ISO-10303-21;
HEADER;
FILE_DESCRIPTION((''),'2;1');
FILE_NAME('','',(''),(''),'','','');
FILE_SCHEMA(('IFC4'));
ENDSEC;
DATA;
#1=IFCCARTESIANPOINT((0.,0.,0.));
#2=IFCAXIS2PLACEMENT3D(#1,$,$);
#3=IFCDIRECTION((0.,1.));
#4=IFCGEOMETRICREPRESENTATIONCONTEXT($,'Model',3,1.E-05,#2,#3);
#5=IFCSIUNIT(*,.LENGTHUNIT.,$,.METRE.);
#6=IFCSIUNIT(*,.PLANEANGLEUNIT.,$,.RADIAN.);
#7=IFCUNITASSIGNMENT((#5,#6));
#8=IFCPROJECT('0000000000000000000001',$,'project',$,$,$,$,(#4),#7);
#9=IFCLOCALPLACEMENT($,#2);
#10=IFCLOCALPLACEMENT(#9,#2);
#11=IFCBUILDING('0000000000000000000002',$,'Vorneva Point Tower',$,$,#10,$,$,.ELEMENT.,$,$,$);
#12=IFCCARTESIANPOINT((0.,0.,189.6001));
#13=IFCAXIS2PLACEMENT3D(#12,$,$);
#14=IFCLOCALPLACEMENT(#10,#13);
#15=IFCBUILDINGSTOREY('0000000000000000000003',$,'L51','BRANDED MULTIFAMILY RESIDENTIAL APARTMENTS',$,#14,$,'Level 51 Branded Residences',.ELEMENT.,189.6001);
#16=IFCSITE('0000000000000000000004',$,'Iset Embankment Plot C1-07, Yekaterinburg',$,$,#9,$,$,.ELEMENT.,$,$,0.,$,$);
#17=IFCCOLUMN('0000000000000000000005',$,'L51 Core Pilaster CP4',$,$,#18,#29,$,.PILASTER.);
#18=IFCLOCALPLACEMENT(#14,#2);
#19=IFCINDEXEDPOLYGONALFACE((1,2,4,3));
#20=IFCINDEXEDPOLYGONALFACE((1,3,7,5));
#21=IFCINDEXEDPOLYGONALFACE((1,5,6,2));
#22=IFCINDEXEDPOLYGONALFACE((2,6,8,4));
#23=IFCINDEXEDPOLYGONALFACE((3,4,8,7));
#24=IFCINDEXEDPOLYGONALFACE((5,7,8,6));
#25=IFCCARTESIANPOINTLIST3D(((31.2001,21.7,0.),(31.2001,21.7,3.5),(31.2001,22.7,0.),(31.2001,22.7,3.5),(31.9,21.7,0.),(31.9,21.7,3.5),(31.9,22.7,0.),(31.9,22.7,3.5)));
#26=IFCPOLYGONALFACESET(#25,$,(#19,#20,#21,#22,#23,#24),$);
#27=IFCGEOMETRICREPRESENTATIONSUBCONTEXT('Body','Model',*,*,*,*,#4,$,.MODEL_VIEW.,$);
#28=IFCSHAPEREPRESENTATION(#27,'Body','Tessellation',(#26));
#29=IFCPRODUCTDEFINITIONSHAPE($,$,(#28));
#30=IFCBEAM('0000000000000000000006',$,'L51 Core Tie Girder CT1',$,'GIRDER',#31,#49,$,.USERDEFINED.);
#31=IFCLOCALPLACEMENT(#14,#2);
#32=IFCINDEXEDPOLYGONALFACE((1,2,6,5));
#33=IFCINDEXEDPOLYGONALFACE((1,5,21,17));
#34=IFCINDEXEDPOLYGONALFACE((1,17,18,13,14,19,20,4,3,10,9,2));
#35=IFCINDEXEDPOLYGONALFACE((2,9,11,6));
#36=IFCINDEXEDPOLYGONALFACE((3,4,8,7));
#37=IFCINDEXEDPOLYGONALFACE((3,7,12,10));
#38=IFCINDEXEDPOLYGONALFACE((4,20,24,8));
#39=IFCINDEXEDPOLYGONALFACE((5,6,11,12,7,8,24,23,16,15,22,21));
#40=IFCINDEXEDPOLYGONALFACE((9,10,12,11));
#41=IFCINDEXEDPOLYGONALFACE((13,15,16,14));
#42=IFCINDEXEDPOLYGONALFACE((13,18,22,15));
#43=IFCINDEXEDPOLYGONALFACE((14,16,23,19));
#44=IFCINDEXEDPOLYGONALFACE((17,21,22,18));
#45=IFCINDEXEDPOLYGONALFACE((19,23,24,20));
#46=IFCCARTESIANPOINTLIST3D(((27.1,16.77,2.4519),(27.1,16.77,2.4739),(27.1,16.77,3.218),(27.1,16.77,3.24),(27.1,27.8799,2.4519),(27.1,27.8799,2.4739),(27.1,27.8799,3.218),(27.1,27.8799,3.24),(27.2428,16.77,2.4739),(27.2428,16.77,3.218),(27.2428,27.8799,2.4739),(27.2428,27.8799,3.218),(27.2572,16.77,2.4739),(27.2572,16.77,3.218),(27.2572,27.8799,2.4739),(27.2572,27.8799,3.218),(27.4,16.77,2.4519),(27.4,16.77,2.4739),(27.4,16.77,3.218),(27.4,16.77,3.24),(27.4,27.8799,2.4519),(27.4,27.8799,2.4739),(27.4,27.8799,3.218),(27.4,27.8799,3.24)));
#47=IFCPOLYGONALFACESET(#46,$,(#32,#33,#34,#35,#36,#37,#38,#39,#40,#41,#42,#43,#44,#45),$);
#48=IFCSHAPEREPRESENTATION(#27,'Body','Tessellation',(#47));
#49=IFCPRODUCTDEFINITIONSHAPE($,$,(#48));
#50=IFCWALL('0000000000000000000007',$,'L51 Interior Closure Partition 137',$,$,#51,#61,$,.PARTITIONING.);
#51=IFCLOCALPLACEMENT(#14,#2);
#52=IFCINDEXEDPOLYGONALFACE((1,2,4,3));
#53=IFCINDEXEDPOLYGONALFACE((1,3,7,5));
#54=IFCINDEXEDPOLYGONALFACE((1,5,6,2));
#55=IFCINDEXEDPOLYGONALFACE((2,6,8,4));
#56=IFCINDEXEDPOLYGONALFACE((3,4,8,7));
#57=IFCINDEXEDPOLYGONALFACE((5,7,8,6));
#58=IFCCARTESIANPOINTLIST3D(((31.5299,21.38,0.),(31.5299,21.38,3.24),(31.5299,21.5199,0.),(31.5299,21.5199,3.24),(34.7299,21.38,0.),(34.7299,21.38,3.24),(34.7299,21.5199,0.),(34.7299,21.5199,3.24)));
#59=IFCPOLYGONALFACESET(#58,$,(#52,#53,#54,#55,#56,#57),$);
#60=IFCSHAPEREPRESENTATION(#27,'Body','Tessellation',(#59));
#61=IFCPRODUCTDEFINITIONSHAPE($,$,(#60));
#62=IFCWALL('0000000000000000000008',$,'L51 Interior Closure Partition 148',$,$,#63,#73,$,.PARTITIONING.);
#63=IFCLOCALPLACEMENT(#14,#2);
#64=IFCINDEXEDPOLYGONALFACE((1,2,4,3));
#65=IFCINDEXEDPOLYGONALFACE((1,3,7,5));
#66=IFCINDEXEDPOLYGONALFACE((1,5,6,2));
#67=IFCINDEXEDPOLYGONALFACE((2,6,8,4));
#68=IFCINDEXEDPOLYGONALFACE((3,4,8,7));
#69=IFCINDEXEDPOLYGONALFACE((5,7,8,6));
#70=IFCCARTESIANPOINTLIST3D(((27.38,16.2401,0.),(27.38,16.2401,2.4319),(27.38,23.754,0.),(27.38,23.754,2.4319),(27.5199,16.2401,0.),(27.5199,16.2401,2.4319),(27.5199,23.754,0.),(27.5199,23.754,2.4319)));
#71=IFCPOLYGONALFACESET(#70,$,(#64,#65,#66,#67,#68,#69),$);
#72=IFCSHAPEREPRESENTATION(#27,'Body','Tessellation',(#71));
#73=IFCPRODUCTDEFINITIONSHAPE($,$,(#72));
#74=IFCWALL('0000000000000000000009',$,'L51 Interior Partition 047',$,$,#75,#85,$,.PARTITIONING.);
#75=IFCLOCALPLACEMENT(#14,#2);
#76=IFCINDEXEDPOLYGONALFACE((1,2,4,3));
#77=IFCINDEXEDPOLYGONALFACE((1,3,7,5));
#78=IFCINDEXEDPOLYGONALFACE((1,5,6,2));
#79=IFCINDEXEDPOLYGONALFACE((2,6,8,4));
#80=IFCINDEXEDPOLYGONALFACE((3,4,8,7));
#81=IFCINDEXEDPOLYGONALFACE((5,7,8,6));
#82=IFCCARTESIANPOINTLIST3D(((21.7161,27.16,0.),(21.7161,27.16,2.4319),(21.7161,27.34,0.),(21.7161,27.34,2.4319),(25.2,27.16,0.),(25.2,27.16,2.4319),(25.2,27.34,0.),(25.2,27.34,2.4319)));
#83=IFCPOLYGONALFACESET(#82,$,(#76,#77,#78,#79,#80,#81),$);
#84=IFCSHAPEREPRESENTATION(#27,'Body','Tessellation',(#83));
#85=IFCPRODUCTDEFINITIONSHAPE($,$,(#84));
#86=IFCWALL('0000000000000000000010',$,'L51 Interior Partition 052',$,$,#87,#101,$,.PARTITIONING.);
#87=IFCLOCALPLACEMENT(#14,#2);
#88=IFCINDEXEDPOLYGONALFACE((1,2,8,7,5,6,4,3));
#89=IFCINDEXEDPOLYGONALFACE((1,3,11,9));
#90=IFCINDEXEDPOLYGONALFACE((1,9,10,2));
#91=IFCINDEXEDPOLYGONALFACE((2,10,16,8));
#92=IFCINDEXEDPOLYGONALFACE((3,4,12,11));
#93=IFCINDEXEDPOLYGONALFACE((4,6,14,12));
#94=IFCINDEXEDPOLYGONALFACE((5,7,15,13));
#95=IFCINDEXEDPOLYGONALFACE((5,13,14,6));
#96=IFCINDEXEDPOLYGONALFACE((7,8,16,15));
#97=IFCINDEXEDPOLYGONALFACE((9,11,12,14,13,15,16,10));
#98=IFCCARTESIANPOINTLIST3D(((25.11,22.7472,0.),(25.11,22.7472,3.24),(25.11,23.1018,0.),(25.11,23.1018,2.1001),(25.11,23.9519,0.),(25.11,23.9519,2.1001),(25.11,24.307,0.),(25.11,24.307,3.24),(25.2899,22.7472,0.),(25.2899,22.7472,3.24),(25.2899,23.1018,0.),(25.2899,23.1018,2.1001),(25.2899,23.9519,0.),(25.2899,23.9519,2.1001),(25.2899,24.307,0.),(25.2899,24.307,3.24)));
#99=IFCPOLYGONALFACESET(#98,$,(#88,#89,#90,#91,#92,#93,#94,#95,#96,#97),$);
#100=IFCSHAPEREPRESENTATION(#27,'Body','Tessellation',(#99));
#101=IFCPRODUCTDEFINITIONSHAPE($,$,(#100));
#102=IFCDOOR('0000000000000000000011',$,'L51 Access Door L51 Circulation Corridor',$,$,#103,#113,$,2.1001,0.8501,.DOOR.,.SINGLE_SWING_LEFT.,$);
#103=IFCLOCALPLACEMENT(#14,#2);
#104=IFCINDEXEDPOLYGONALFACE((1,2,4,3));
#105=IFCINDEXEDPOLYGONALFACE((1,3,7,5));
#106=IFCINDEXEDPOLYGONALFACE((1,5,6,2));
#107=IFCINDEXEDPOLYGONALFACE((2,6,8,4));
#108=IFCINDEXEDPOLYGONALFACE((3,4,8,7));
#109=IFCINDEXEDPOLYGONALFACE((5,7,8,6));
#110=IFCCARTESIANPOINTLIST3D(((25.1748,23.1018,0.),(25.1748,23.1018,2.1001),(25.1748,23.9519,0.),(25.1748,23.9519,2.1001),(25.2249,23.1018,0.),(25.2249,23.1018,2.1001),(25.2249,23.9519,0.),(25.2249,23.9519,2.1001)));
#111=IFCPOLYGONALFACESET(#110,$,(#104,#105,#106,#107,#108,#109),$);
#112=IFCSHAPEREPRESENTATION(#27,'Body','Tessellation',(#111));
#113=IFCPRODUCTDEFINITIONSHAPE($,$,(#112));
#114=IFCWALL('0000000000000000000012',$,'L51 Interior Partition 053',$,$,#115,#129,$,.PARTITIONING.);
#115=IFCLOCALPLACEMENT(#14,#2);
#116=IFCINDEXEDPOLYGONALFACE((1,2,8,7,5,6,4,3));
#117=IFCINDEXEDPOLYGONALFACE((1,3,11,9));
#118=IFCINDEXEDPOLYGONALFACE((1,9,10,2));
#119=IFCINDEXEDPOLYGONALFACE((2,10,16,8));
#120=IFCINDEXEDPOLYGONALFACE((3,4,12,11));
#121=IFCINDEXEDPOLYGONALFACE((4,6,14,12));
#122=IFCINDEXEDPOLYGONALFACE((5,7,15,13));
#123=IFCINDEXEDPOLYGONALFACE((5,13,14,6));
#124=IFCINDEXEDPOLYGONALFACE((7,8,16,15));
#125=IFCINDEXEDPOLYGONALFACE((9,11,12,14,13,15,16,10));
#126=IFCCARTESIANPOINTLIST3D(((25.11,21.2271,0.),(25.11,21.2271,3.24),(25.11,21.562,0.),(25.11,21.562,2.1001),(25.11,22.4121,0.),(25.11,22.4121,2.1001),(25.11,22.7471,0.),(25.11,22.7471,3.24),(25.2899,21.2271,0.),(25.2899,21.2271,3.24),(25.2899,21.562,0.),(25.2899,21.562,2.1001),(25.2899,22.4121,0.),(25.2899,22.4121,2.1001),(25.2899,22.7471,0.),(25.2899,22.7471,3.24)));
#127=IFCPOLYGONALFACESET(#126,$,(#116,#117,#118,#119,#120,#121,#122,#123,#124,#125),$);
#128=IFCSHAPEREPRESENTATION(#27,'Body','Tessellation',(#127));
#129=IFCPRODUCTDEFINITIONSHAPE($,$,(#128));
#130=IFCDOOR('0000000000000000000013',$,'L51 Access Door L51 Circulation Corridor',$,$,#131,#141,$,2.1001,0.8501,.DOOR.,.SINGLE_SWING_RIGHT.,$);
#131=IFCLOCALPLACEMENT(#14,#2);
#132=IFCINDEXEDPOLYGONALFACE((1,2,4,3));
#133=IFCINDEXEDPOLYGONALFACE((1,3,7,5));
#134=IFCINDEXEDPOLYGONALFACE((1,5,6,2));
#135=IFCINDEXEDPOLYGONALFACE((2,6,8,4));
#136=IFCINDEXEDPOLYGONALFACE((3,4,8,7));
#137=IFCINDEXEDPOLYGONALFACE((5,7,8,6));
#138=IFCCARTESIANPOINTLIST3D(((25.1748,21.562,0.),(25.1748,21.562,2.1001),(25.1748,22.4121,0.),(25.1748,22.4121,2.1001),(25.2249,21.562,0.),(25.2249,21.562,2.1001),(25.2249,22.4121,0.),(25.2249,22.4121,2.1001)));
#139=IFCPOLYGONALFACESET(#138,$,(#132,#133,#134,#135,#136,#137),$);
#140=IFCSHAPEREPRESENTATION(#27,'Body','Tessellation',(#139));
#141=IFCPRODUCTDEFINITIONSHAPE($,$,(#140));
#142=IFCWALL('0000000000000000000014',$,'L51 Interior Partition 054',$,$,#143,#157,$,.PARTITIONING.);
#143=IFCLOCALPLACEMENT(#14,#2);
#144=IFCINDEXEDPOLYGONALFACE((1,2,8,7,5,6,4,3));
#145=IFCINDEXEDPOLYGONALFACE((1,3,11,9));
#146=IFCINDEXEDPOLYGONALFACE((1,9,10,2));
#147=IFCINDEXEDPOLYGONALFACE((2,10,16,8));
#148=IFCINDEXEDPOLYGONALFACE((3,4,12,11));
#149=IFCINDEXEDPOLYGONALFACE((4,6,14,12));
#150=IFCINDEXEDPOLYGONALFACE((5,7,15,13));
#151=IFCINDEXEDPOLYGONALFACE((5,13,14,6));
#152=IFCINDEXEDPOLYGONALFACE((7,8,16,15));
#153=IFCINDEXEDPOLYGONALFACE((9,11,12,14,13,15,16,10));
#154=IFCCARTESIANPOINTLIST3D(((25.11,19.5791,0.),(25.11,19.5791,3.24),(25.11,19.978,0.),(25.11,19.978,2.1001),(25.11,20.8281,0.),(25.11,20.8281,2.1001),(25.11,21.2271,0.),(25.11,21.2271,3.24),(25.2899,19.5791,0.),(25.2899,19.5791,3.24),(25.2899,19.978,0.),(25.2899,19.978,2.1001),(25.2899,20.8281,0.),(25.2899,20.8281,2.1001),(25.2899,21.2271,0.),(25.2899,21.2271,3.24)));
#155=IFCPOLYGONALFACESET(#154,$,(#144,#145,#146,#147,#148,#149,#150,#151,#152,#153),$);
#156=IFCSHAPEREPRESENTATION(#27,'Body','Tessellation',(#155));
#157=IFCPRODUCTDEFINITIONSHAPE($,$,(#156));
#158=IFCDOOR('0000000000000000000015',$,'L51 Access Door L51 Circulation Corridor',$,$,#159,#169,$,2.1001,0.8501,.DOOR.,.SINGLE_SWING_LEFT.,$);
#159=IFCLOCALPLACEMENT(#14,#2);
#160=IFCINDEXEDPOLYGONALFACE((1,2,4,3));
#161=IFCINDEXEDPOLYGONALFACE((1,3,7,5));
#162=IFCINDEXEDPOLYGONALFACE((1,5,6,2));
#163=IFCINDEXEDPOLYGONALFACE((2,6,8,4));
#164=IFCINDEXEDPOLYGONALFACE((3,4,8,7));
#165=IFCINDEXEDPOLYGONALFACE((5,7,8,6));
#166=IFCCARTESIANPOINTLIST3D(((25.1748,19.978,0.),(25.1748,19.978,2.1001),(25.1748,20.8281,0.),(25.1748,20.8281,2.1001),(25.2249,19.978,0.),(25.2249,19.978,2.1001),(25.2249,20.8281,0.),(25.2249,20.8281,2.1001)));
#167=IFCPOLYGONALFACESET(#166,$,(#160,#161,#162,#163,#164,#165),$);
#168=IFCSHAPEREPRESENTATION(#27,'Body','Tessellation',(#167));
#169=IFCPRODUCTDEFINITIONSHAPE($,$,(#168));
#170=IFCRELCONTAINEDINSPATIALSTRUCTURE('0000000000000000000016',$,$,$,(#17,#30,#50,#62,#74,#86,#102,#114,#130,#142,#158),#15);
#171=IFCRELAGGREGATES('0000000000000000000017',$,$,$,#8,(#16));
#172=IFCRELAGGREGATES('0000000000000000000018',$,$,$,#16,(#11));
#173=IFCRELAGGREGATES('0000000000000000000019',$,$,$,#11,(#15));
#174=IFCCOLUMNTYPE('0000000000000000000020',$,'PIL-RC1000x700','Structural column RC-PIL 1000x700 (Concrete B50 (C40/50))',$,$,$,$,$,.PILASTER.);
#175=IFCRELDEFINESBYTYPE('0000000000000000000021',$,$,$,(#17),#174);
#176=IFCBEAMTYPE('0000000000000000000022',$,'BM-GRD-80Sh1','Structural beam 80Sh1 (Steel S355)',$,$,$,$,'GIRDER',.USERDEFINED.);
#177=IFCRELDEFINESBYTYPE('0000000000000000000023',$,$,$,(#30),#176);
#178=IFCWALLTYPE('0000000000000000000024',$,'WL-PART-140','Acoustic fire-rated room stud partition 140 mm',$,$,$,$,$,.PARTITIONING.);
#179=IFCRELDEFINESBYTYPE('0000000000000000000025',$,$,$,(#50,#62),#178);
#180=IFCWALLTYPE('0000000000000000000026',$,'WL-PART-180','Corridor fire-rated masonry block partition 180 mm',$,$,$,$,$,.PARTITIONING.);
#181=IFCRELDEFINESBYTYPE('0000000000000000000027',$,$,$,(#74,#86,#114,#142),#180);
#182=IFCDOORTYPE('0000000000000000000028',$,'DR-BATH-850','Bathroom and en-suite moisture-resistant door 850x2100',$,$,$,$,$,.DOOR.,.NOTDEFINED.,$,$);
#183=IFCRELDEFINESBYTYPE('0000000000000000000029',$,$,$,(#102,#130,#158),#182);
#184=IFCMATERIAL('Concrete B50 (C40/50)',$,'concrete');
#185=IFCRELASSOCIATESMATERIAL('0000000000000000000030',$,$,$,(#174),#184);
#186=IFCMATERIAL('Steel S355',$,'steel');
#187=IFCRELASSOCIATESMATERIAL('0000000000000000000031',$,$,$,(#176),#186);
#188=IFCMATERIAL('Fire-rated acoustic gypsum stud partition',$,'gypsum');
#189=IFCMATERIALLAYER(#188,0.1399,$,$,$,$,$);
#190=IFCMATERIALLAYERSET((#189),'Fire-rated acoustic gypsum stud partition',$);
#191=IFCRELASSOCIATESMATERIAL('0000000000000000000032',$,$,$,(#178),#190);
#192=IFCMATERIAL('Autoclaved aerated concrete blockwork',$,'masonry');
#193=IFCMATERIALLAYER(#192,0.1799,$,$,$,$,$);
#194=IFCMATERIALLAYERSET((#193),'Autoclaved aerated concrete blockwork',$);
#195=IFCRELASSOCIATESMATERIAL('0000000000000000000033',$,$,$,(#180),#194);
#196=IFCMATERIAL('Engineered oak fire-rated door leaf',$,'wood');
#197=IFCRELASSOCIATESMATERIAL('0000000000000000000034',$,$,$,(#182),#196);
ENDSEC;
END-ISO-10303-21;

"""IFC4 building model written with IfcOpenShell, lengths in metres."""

from ifc_helpers import new_model, si_unit, direction, frame, frame_2d, origin, origin_2d, place, context, subcontext, project, spatial, rectangle, i_section, extrude, material, layer, layer_set, material_profile, profile_set, type_object, element, fill, save


model = new_model("IFC4")

# Units and contexts
model_context = context("Model", 3, precision=1e-05, world=origin(), true_north=direction((0.0, 1.0)))
body_context = subcontext(model_context, "Body", "Model", "MODEL_VIEW")
ifc_project = project(units=[si_unit("LENGTHUNIT", "METRE"), si_unit("PLANEANGLEUNIT", "RADIAN")], contexts=[model_context])

# Site, building, storey
site_placement = place(None, origin())
site = spatial("IfcSite", under=ifc_project, at=site_placement, Name="Iset Embankment Plot C1-07, Yekaterinburg", CompositionType="ELEMENT", RefElevation=0.0)
building_placement = place(site_placement, origin())
building = spatial("IfcBuilding", under=site, at=building_placement, Name="Vorneva Point Tower", CompositionType="ELEMENT")
storey_placement = place(building_placement, frame((0.0, 0.0, 189.6001)))
storey = spatial("IfcBuildingStorey", under=building, at=storey_placement, Name="L51", Description="BRANDED MULTIFAMILY RESIDENTIAL APARTMENTS", LongName="Level 51 Branded Residences", CompositionType="ELEMENT", Elevation=189.6001)

# Column
ifc_material_1 = material(Name="Concrete B50 (C40/50)", Category="concrete")
ifc_material_profile_1 = material_profile(ifc_material_1, rectangle(XDim=0.7, YDim=1.0, at=origin_2d()), Name="RC-PIL 1000x700")
ifc_profile_set_1 = profile_set([ifc_material_profile_1], Name="Concrete B50 (C40/50)")
column_type = type_object("IfcColumnType", Name="PIL-RC1000x700", Description="Structural column RC-PIL 1000x700 (Concrete B50 (C40/50))", PredefinedType="PILASTER", material=ifc_profile_set_1)
column_placement = place(storey_placement, frame((31.55, 22.2, 0.0), z_axis=(0.0, 0.0, 1.0), x_axis=(1.0, 0.0, 0.0)))
element("IfcColumn", 1, at=column_placement, inside=storey, type_object=column_type, Name="L51 Core Pilaster CP4", PredefinedType="PILASTER", context=body_context, shape_type="SweptSolid", body=[
    extrude(rectangle(XDim=0.7, YDim=1.0, at=origin_2d()), origin(), (0.0, 0.0, 1.0), 3.5),
])

# Beam
ifc_material_2 = material(Name="Steel S355", Category="steel")
ifc_material_profile_2 = material_profile(ifc_material_2, i_section(OverallWidth=0.3, OverallDepth=0.7881, WebThickness=0.0144, FlangeThickness=0.022, at=origin_2d()), Name="80Sh1")
ifc_profile_set_2 = profile_set([ifc_material_profile_2], Name="Steel S355")
beam_type = type_object("IfcBeamType", Name="BM-GRD-80Sh1", Description="Structural beam 80Sh1 (Steel S355)", ElementType="GIRDER", PredefinedType="USERDEFINED", material=ifc_profile_set_2)
beam_placement = place(storey_placement, frame((27.25, 16.77, 2.8459), z_axis=(0.0, 1.0, 0.0), x_axis=(-1.0, 0.0, 0.0)))
element("IfcBeam", 2, at=beam_placement, inside=storey, type_object=beam_type, Name="L51 Core Tie Girder CT1", ObjectType="GIRDER", PredefinedType="USERDEFINED", context=body_context, shape_type="SweptSolid", body=[
    extrude(i_section(OverallWidth=0.3, OverallDepth=0.7881, WebThickness=0.0144, FlangeThickness=0.022, at=origin_2d()), origin(), (0.0, 0.0, 1.0), 11.1099),
])

# Walls
ifc_material_3 = material(Name="Fire-rated acoustic gypsum stud partition", Category="gypsum")
ifc_layer_1 = layer(ifc_material_3, 0.1399)
ifc_layer_set_1 = layer_set([ifc_layer_1], Name="Fire-rated acoustic gypsum stud partition")
wall_type_1 = type_object("IfcWallType", Name="WL-PART-140", Description="Acoustic fire-rated room stud partition 140 mm", PredefinedType="PARTITIONING", material=ifc_layer_set_1)
wall_1_placement = place(storey_placement, frame((34.73, 21.45, 0.0), z_axis=(0.0, 0.0, 1.0), x_axis=(-1.0, 0.0, 0.0)))
element("IfcWall", 3, at=wall_1_placement, inside=storey, type_object=wall_type_1, Name="L51 Interior Closure Partition 137", PredefinedType="PARTITIONING", context=body_context, shape_type="SweptSolid", body=[
    extrude(rectangle(XDim=3.2, YDim=0.1399, at=frame_2d((1.6001, 0.0))), origin(), (0.0, 0.0, 1.0), 3.24),
])
wall_2_placement = place(storey_placement, frame((27.45, 23.7539, 0.0), z_axis=(0.0, 0.0, 1.0), x_axis=(0.0, -1.0, 0.0)))
element("IfcWall", 4, at=wall_2_placement, inside=storey, type_object=wall_type_1, Name="L51 Interior Closure Partition 148", PredefinedType="PARTITIONING", context=body_context, shape_type="SweptSolid", body=[
    extrude(rectangle(XDim=7.5139, YDim=0.1399, at=frame_2d((3.7568, 0.0))), origin(), (0.0, 0.0, 1.0), 2.4319),
])

# Shared definitions
ifc_material_4 = material(Name="Autoclaved aerated concrete blockwork", Category="masonry")
ifc_layer_2 = layer(ifc_material_4, 0.1799)
ifc_layer_set_2 = layer_set([ifc_layer_2], Name="Autoclaved aerated concrete blockwork")
wall_type_2 = type_object("IfcWallType", Name="WL-PART-180", Description="Corridor fire-rated masonry block partition 180 mm", PredefinedType="PARTITIONING", material=ifc_layer_set_2)

# Wall
wall_3_placement = place(storey_placement, frame((25.2, 27.25, 0.0), z_axis=(0.0, 0.0, 1.0), x_axis=(-1.0, 0.0, 0.0)))
element("IfcWall", 5, at=wall_3_placement, inside=storey, type_object=wall_type_2, Name="L51 Interior Partition 047", PredefinedType="PARTITIONING", context=body_context, shape_type="SweptSolid", body=[
    extrude(rectangle(XDim=3.4839, YDim=0.1799, at=frame_2d((1.7419, 0.0))), origin(), (0.0, 0.0, 1.0), 2.4319),
])

# Walls, openings, doors
wall_4_placement = place(storey_placement, frame((25.2, 24.3069, 0.0), z_axis=(0.0, 0.0, 1.0), x_axis=(0.0, -1.0, 0.0)))
wall_4 = element("IfcWall", 6, at=wall_4_placement, inside=storey, type_object=wall_type_2, Name="L51 Interior Partition 052", PredefinedType="PARTITIONING", context=body_context, shape_type="SweptSolid", body=[
    extrude(rectangle(XDim=1.5598, YDim=0.1799, at=frame_2d((0.7798, 0.0))), origin(), (0.0, 0.0, 1.0), 3.24),
])
opening_1_placement = place(wall_4_placement, frame((0.355, 0.0, 0.0)))
opening_1 = element("IfcOpeningElement", 7, at=opening_1_placement, cuts=wall_4, PredefinedType="OPENING", context=body_context, shape_type="SweptSolid", body=[
    extrude(rectangle(XDim=0.8501, YDim=2.1001, at=frame_2d((0.425, 1.05))), frame((0.0, 0.105, 0.0), z_axis=(0.0, -1.0, 0.0), x_axis=(1.0, 0.0, 0.0)), (0.0, 0.0, 1.0), 0.2097),
])
ifc_material_5 = material(Name="Engineered oak fire-rated door leaf", Category="wood")
door_type_1 = type_object("IfcDoorType", Name="DR-BATH-850", Description="Bathroom and en-suite moisture-resistant door 850x2100", OperationType="NOTDEFINED", PredefinedType="DOOR", material=ifc_material_5)
door_1_placement = place(opening_1_placement, origin())
door_1 = element("IfcDoor", 8, at=door_1_placement, inside=storey, type_object=door_type_1, Name="L51 Access Door L51 Circulation Corridor", OperationType="SINGLE_SWING_LEFT", OverallHeight=2.1001, OverallWidth=0.8501, PredefinedType="DOOR", context=body_context, shape_type="SweptSolid", body=[
    extrude(rectangle(XDim=0.8501, YDim=2.1001, at=frame_2d((0.425, 1.05))), frame((0.0, 0.0249, 0.0), z_axis=(0.0, -1.0, 0.0), x_axis=(1.0, 0.0, 0.0)), (0.0, 0.0, 1.0), 0.05),
])
fill(opening_1, door_1)
wall_5_placement = place(storey_placement, frame((25.2, 22.7471, 0.0), z_axis=(0.0, 0.0, 1.0), x_axis=(0.0, -1.0, 0.0)))
wall_5 = element("IfcWall", 9, at=wall_5_placement, inside=storey, type_object=wall_type_2, Name="L51 Interior Partition 053", PredefinedType="PARTITIONING", context=body_context, shape_type="SweptSolid", body=[
    extrude(rectangle(XDim=1.52, YDim=0.1799, at=frame_2d((0.76, 0.0))), origin(), (0.0, 0.0, 1.0), 3.24),
])
opening_2_placement = place(wall_5_placement, frame((0.335, 0.0, 0.0)))
opening_2 = element("IfcOpeningElement", 10, at=opening_2_placement, cuts=wall_5, PredefinedType="OPENING", context=body_context, shape_type="SweptSolid", body=[
    extrude(rectangle(XDim=0.8501, YDim=2.1001, at=frame_2d((0.425, 1.05))), frame((0.0, 0.105, 0.0), z_axis=(0.0, -1.0, 0.0), x_axis=(1.0, 0.0, 0.0)), (0.0, 0.0, 1.0), 0.2097),
])
door_2_placement = place(opening_2_placement, origin())
door_2 = element("IfcDoor", 11, at=door_2_placement, inside=storey, type_object=door_type_1, Name="L51 Access Door L51 Circulation Corridor", OperationType="SINGLE_SWING_RIGHT", OverallHeight=2.1001, OverallWidth=0.8501, PredefinedType="DOOR", context=body_context, shape_type="SweptSolid", body=[
    extrude(rectangle(XDim=0.8501, YDim=2.1001, at=frame_2d((0.425, 1.05))), frame((0.0, 0.0249, 0.0), z_axis=(0.0, -1.0, 0.0), x_axis=(1.0, 0.0, 0.0)), (0.0, 0.0, 1.0), 0.05),
])
fill(opening_2, door_2)
wall_6_placement = place(storey_placement, frame((25.2, 21.2271, 0.0), z_axis=(0.0, 0.0, 1.0), x_axis=(0.0, -1.0, 0.0)))
wall_6 = element("IfcWall", 12, at=wall_6_placement, inside=storey, type_object=wall_type_2, Name="L51 Interior Partition 054", PredefinedType="PARTITIONING", context=body_context, shape_type="SweptSolid", body=[
    extrude(rectangle(XDim=1.6479, YDim=0.1799, at=frame_2d((0.824, 0.0))), origin(), (0.0, 0.0, 1.0), 3.24),
])
opening_3_placement = place(wall_6_placement, frame((0.3989, 0.0, 0.0)))
opening_3 = element("IfcOpeningElement", 13, at=opening_3_placement, cuts=wall_6, PredefinedType="OPENING", context=body_context, shape_type="SweptSolid", body=[
    extrude(rectangle(XDim=0.8501, YDim=2.1001, at=frame_2d((0.425, 1.05))), frame((0.0, 0.105, 0.0), z_axis=(0.0, -1.0, 0.0), x_axis=(1.0, 0.0, 0.0)), (0.0, 0.0, 1.0), 0.2097),
])
door_3_placement = place(opening_3_placement, origin())
door_3 = element("IfcDoor", 14, at=door_3_placement, inside=storey, type_object=door_type_1, Name="L51 Access Door L51 Circulation Corridor", OperationType="SINGLE_SWING_LEFT", OverallHeight=2.1001, OverallWidth=0.8501, PredefinedType="DOOR", context=body_context, shape_type="SweptSolid", body=[
    extrude(rectangle(XDim=0.8501, YDim=2.1001, at=frame_2d((0.425, 1.05))), frame((0.0, 0.0249, 0.0), z_axis=(0.0, -1.0, 0.0), x_axis=(1.0, 0.0, 0.0)), (0.0, 0.0, 1.0), 0.05),
])
fill(opening_3, door_3)

save(model, "model.ifc")
